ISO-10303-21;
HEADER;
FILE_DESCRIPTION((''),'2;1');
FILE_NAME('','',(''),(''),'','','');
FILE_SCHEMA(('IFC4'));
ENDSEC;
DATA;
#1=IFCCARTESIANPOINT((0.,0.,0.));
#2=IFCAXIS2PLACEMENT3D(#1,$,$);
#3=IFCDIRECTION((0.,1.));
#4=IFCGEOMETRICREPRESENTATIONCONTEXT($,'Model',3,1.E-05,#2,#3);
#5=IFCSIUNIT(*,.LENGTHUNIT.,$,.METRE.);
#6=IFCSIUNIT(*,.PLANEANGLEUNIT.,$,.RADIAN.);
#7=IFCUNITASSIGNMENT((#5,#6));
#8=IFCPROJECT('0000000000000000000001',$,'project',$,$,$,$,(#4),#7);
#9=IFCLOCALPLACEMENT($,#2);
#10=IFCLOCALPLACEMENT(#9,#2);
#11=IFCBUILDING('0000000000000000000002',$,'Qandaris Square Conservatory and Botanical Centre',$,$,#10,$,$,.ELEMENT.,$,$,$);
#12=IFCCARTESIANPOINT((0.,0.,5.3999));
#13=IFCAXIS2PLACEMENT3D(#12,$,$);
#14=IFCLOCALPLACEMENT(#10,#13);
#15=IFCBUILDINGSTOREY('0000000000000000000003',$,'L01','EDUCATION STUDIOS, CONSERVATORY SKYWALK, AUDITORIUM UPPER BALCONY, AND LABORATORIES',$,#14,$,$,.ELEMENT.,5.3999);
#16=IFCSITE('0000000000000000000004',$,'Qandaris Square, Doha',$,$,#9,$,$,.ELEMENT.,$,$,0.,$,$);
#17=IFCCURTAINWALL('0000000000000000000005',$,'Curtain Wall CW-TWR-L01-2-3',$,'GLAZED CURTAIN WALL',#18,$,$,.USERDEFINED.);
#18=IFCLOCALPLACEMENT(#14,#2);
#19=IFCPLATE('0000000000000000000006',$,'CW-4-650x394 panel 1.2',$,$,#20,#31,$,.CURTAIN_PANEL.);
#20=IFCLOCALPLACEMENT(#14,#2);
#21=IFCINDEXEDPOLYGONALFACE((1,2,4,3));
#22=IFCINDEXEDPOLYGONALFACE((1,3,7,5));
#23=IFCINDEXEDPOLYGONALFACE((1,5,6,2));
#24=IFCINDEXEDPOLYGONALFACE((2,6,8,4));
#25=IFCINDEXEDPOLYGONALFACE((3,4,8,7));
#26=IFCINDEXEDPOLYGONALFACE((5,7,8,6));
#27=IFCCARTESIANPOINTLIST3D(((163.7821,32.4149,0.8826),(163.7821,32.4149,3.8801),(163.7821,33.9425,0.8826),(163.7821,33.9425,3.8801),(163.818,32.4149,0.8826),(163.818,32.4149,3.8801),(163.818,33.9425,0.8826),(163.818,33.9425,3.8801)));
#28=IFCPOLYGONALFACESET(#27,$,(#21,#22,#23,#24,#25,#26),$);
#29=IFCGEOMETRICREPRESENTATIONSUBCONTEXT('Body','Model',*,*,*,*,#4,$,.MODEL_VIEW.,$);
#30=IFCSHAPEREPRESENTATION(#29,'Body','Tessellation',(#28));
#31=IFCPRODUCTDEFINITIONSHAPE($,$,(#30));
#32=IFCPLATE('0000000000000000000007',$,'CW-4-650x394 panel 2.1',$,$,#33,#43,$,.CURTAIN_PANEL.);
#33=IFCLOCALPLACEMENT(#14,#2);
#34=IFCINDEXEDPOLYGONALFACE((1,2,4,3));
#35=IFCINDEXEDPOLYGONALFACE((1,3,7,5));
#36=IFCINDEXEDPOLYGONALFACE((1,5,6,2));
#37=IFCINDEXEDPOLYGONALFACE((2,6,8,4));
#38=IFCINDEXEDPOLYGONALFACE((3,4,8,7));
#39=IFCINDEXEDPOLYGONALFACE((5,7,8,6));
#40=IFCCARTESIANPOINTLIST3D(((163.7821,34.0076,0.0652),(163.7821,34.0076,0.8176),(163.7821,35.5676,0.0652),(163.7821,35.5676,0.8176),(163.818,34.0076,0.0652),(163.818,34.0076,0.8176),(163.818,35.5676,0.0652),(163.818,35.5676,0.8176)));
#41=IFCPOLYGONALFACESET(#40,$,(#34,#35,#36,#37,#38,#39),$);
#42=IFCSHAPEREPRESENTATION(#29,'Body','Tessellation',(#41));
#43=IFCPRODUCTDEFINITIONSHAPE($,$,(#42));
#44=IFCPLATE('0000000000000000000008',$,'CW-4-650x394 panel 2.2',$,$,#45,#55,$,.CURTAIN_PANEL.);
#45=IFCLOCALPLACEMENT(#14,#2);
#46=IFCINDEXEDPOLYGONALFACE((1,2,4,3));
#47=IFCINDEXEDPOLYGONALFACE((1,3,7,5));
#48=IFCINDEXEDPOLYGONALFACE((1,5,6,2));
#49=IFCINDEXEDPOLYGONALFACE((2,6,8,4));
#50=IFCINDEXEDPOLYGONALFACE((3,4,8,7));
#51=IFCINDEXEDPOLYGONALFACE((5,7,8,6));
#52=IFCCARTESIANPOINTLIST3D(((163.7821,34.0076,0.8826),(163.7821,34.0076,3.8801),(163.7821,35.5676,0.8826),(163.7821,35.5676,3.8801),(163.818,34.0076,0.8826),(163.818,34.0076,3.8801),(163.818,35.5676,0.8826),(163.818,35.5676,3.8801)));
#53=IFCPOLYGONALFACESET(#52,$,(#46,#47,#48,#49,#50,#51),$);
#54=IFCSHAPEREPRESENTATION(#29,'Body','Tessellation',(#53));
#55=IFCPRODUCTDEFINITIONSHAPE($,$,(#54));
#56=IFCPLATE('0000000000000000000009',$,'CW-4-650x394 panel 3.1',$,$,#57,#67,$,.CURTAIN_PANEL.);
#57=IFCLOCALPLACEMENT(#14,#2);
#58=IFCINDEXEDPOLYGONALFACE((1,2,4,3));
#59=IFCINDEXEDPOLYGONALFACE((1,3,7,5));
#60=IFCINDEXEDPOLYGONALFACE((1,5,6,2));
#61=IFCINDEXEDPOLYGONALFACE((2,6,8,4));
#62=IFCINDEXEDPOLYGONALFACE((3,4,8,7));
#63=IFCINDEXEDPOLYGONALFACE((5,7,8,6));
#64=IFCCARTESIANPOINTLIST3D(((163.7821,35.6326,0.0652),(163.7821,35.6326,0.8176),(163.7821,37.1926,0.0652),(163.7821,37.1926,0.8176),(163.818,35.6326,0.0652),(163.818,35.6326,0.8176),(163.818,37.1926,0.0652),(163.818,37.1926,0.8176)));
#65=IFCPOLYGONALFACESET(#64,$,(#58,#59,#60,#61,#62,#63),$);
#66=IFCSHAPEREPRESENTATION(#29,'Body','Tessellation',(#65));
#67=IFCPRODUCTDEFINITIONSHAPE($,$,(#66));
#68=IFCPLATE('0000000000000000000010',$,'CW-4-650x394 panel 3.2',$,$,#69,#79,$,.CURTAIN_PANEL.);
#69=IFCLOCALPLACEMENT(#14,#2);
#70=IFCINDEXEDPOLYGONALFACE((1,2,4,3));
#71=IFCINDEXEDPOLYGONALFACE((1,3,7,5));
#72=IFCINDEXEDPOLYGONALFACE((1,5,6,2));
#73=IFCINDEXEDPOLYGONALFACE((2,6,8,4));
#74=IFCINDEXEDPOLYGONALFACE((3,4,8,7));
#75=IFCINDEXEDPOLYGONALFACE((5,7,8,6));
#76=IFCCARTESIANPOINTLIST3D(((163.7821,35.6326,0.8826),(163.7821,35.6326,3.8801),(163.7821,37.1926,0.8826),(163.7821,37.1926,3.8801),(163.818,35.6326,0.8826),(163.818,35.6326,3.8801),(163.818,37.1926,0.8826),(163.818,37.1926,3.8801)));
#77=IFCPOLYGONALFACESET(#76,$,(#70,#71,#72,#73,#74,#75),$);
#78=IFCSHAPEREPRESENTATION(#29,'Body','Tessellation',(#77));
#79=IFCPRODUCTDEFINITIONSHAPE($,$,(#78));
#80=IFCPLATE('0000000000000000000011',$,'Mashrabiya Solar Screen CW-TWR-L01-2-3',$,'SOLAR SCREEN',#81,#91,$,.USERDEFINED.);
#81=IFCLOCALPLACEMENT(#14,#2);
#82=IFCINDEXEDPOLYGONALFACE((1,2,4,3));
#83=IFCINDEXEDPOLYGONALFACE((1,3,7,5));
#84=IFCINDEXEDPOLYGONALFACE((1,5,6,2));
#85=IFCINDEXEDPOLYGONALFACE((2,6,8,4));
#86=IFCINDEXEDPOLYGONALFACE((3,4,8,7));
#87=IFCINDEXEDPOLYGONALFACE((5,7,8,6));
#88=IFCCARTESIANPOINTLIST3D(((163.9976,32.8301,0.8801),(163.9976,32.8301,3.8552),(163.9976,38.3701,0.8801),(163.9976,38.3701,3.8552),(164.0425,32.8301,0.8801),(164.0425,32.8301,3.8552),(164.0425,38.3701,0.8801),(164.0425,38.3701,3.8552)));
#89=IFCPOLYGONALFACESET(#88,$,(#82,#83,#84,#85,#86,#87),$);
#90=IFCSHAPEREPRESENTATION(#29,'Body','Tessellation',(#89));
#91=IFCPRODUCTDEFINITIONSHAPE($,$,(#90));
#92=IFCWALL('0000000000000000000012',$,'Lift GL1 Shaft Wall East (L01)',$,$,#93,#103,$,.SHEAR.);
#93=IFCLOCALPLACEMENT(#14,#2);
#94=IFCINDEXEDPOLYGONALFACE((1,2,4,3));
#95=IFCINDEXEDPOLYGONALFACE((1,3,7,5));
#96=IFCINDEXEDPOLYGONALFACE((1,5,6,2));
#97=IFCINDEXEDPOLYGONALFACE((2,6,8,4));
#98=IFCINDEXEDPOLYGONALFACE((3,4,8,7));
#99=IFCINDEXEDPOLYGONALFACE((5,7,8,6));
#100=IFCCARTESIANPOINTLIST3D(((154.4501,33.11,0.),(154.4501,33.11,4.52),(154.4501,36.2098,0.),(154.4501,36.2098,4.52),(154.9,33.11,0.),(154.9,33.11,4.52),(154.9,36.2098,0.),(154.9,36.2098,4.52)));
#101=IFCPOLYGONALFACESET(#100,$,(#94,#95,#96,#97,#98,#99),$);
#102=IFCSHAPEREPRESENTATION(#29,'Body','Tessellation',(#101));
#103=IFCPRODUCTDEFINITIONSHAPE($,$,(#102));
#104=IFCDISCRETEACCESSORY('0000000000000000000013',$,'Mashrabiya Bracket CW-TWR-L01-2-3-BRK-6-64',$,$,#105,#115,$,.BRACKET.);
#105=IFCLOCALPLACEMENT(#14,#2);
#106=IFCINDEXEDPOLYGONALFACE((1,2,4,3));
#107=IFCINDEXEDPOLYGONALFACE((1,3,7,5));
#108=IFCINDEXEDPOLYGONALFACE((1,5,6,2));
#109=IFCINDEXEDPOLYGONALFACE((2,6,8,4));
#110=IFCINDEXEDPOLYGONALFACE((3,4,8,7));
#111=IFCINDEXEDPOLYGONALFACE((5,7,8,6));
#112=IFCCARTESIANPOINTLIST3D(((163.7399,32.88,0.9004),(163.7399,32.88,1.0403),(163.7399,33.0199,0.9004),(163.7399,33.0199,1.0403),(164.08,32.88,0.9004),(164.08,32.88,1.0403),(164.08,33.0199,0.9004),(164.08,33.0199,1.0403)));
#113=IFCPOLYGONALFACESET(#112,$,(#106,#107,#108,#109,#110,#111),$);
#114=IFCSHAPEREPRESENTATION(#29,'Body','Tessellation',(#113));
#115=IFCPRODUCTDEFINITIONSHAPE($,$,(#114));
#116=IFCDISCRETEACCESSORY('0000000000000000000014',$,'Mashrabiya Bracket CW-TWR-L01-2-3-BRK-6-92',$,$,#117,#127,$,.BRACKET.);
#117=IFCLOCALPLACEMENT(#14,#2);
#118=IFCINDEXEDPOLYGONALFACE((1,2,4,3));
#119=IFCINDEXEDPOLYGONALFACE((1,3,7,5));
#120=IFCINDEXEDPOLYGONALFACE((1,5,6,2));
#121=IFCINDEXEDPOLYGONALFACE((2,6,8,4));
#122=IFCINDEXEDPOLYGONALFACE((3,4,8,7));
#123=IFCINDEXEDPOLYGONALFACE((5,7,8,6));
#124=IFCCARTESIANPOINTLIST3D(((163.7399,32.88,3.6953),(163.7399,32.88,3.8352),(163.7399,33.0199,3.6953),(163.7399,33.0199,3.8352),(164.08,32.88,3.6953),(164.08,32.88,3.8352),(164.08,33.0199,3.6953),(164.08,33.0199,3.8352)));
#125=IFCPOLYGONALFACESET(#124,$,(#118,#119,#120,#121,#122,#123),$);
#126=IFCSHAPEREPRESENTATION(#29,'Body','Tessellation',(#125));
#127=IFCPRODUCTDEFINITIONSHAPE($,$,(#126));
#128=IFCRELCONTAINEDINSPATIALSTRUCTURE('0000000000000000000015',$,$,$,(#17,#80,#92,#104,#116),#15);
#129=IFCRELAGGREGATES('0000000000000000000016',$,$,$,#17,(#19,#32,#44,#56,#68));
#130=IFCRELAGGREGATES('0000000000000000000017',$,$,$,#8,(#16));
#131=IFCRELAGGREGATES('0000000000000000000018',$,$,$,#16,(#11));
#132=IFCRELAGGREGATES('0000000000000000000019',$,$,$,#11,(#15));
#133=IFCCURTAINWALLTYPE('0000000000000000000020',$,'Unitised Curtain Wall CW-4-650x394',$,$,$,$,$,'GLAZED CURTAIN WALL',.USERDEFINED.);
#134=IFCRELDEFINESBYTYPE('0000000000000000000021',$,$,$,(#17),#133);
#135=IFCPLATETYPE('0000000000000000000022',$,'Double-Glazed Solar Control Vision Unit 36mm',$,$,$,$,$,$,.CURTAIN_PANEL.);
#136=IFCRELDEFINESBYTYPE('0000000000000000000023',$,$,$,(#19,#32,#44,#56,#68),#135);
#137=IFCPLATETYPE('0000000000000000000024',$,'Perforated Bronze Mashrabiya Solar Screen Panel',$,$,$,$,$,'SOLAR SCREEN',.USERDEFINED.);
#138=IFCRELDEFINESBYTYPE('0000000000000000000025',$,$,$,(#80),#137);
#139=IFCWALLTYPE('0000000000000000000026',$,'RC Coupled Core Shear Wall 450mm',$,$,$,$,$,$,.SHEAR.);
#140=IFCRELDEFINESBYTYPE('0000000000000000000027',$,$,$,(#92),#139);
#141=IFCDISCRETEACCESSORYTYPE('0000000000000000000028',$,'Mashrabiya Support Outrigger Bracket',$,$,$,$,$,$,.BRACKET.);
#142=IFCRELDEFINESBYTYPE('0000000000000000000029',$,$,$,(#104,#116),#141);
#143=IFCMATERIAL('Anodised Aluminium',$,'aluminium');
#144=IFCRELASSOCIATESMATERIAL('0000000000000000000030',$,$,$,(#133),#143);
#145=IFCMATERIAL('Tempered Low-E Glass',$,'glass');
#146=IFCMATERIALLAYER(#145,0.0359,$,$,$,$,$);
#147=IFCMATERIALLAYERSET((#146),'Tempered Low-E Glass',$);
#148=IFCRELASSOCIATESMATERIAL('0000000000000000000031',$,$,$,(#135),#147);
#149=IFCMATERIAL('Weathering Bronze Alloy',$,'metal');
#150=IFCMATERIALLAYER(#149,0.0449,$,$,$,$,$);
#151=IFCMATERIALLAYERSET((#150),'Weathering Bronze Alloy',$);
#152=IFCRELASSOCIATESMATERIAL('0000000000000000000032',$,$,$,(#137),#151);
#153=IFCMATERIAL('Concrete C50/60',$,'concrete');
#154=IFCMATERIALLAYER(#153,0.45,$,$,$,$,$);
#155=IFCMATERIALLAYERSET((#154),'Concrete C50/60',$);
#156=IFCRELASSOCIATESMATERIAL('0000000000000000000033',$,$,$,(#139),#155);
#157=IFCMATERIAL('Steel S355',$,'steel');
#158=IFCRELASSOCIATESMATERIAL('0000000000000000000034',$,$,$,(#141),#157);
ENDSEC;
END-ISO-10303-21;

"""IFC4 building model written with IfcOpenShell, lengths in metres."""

from ifc_helpers import new_model, si_unit, direction, frame, frame_2d, origin, origin_2d, place, context, subcontext, project, spatial, rectangle, extrude, material, layer, layer_set, type_object, element, aggregate, save


model = new_model("IFC4")

# Units and contexts
model_context = context("Model", 3, precision=1e-05, world=origin(), true_north=direction((0.0, 1.0)))
body_context = subcontext(model_context, "Body", "Model", "MODEL_VIEW")
ifc_project = project(units=[si_unit("LENGTHUNIT", "METRE"), si_unit("PLANEANGLEUNIT", "RADIAN")], contexts=[model_context])

# Site, building, storey
site_placement = place(None, origin())
site = spatial("IfcSite", under=ifc_project, at=site_placement, Name="Qandaris Square, Doha", CompositionType="ELEMENT", RefElevation=0.0)
building_placement = place(site_placement, origin())
building = spatial("IfcBuilding", under=site, at=building_placement, Name="Qandaris Square Conservatory and Botanical Centre", CompositionType="ELEMENT")
storey_placement = place(building_placement, frame((0.0, 0.0, 5.3999)))
storey = spatial("IfcBuildingStorey", under=building, at=storey_placement, Name="L01", Description="EDUCATION STUDIOS, CONSERVATORY SKYWALK, AUDITORIUM UPPER BALCONY, AND LABORATORIES", CompositionType="ELEMENT", Elevation=5.3999)

# Shared definitions
ifc_material_1 = material(Name="Concrete C50/60", Category="concrete")

# Shared definitions
ifc_material_2 = material(Name="Steel S355", Category="steel")

# Curtain wall
ifc_material_3 = material(Name="Anodised Aluminium", Category="aluminium")
curtain_wall_type = type_object("IfcCurtainWallType", Name="Unitised Curtain Wall CW-4-650x394", ElementType="GLAZED CURTAIN WALL", PredefinedType="USERDEFINED", material=ifc_material_3)
curtain_wall_placement = place(storey_placement, origin())
curtain_wall = element("IfcCurtainWall", 1, at=curtain_wall_placement, inside=storey, type_object=curtain_wall_type, Name="Curtain Wall CW-TWR-L01-2-3", ObjectType="GLAZED CURTAIN WALL", PredefinedType="USERDEFINED")

# Plates
ifc_material_4 = material(Name="Tempered Low-E Glass", Category="glass")
ifc_layer_1 = layer(ifc_material_4, 0.0359)
ifc_layer_set_1 = layer_set([ifc_layer_1], Name="Tempered Low-E Glass")
plate_type_1 = type_object("IfcPlateType", Name="Double-Glazed Solar Control Vision Unit 36mm", PredefinedType="CURTAIN_PANEL", material=ifc_layer_set_1)
plate_1_placement = place(storey_placement, frame((163.8, 33.1787, 0.8826), z_axis=(0.0, 0.0, 1.0), x_axis=(0.0, 1.0, 0.0)))
plate_1 = element("IfcPlate", 2, at=plate_1_placement, type_object=plate_type_1, Name="CW-4-650x394 panel 1.2", PredefinedType="CURTAIN_PANEL", context=body_context, shape_type="SweptSolid", body=[
    extrude(rectangle(XDim=1.5276, YDim=0.0359, at=origin_2d()), origin(), (0.0, 0.0, 1.0), 2.9976),
])
plate_2_placement = place(storey_placement, frame((163.8, 34.7876, 0.0652), z_axis=(0.0, 0.0, 1.0), x_axis=(0.0, 1.0, 0.0)))
plate_2 = element("IfcPlate", 3, at=plate_2_placement, type_object=plate_type_1, Name="CW-4-650x394 panel 2.1", PredefinedType="CURTAIN_PANEL", context=body_context, shape_type="SweptSolid", body=[
    extrude(rectangle(XDim=1.5601, YDim=0.0359, at=origin_2d()), origin(), (0.0, 0.0, 1.0), 0.7524),
])
plate_3_placement = place(storey_placement, frame((163.8, 34.7876, 0.8826), z_axis=(0.0, 0.0, 1.0), x_axis=(0.0, 1.0, 0.0)))
plate_3 = element("IfcPlate", 4, at=plate_3_placement, type_object=plate_type_1, Name="CW-4-650x394 panel 2.2", PredefinedType="CURTAIN_PANEL", context=body_context, shape_type="SweptSolid", body=[
    extrude(rectangle(XDim=1.5601, YDim=0.0359, at=origin_2d()), origin(), (0.0, 0.0, 1.0), 2.9976),
])
plate_4_placement = place(storey_placement, frame((163.8, 36.4126, 0.0652), z_axis=(0.0, 0.0, 1.0), x_axis=(0.0, 1.0, 0.0)))
plate_4 = element("IfcPlate", 5, at=plate_4_placement, type_object=plate_type_1, Name="CW-4-650x394 panel 3.1", PredefinedType="CURTAIN_PANEL", context=body_context, shape_type="SweptSolid", body=[
    extrude(rectangle(XDim=1.5601, YDim=0.0359, at=origin_2d()), origin(), (0.0, 0.0, 1.0), 0.7524),
])
plate_5_placement = place(storey_placement, frame((163.8, 36.4126, 0.8826), z_axis=(0.0, 0.0, 1.0), x_axis=(0.0, 1.0, 0.0)))
plate_5 = element("IfcPlate", 6, at=plate_5_placement, type_object=plate_type_1, Name="CW-4-650x394 panel 3.2", PredefinedType="CURTAIN_PANEL", context=body_context, shape_type="SweptSolid", body=[
    extrude(rectangle(XDim=1.5601, YDim=0.0359, at=origin_2d()), origin(), (0.0, 0.0, 1.0), 2.9976),
])
aggregate(curtain_wall, [plate_1, plate_2, plate_3, plate_4, plate_5])
ifc_material_5 = material(Name="Weathering Bronze Alloy", Category="metal")
ifc_layer_2 = layer(ifc_material_5, 0.0449)
ifc_layer_set_2 = layer_set([ifc_layer_2], Name="Weathering Bronze Alloy")
plate_type_2 = type_object("IfcPlateType", Name="Perforated Bronze Mashrabiya Solar Screen Panel", ElementType="SOLAR SCREEN", PredefinedType="USERDEFINED", material=ifc_layer_set_2)
plate_6_placement = place(storey_placement, frame((164.02, 35.6001, 0.8801), z_axis=(0.0, 0.0, 1.0), x_axis=(0.0, 1.0, 0.0)))
element("IfcPlate", 7, at=plate_6_placement, inside=storey, type_object=plate_type_2, Name="Mashrabiya Solar Screen CW-TWR-L01-2-3", ObjectType="SOLAR SCREEN", PredefinedType="USERDEFINED", context=body_context, shape_type="SweptSolid", body=[
    extrude(rectangle(XDim=5.54, YDim=0.0449, at=origin_2d()), origin(), (0.0, 0.0, 1.0), 2.9751),
])

# Wall
ifc_layer_3 = layer(ifc_material_1, 0.45)
ifc_layer_set_3 = layer_set([ifc_layer_3], Name="Concrete C50/60")
wall_type = type_object("IfcWallType", Name="RC Coupled Core Shear Wall 450mm", PredefinedType="SHEAR", material=ifc_layer_set_3)
wall_placement = place(storey_placement, frame((154.675, 33.1101, 0.0), z_axis=(0.0, 0.0, 1.0), x_axis=(0.0, 1.0, 0.0)))
element("IfcWall", 8, at=wall_placement, inside=storey, type_object=wall_type, Name="Lift GL1 Shaft Wall East (L01)", PredefinedType="SHEAR", context=body_context, shape_type="SweptSolid", body=[
    extrude(rectangle(XDim=3.0999, YDim=0.45, at=frame_2d((1.5498, 0.0))), origin(), (0.0, 0.0, 1.0), 4.52),
])

# Discrete accessories
discrete_accessory_type = type_object("IfcDiscreteAccessoryType", Name="Mashrabiya Support Outrigger Bracket", PredefinedType="BRACKET", material=ifc_material_2)
for number, where, z_axis, x_axis, name in (
    (9, (163.9099, 32.95, 0.9004), (0.0, 0.0, 1.0), (0.0, 1.0, 0.0), "Mashrabiya Bracket CW-TWR-L01-2-3-BRK-6-64"),
    (10, (163.9099, 32.95, 3.6953), (0.0, 0.0, 1.0), (0.0, 1.0, 0.0), "Mashrabiya Bracket CW-TWR-L01-2-3-BRK-6-92"),
):
    element("IfcDiscreteAccessory", number, at=place(storey_placement, frame(where, z_axis=z_axis, x_axis=x_axis)), inside=storey, type_object=discrete_accessory_type, Name=name, PredefinedType="BRACKET", context=body_context, shape_type="SweptSolid", body=[
        extrude(rectangle(XDim=0.1399, YDim=0.3401, at=origin_2d()), origin(), (0.0, 0.0, 1.0), 0.1399),
    ])

save(model, "model.ifc")
